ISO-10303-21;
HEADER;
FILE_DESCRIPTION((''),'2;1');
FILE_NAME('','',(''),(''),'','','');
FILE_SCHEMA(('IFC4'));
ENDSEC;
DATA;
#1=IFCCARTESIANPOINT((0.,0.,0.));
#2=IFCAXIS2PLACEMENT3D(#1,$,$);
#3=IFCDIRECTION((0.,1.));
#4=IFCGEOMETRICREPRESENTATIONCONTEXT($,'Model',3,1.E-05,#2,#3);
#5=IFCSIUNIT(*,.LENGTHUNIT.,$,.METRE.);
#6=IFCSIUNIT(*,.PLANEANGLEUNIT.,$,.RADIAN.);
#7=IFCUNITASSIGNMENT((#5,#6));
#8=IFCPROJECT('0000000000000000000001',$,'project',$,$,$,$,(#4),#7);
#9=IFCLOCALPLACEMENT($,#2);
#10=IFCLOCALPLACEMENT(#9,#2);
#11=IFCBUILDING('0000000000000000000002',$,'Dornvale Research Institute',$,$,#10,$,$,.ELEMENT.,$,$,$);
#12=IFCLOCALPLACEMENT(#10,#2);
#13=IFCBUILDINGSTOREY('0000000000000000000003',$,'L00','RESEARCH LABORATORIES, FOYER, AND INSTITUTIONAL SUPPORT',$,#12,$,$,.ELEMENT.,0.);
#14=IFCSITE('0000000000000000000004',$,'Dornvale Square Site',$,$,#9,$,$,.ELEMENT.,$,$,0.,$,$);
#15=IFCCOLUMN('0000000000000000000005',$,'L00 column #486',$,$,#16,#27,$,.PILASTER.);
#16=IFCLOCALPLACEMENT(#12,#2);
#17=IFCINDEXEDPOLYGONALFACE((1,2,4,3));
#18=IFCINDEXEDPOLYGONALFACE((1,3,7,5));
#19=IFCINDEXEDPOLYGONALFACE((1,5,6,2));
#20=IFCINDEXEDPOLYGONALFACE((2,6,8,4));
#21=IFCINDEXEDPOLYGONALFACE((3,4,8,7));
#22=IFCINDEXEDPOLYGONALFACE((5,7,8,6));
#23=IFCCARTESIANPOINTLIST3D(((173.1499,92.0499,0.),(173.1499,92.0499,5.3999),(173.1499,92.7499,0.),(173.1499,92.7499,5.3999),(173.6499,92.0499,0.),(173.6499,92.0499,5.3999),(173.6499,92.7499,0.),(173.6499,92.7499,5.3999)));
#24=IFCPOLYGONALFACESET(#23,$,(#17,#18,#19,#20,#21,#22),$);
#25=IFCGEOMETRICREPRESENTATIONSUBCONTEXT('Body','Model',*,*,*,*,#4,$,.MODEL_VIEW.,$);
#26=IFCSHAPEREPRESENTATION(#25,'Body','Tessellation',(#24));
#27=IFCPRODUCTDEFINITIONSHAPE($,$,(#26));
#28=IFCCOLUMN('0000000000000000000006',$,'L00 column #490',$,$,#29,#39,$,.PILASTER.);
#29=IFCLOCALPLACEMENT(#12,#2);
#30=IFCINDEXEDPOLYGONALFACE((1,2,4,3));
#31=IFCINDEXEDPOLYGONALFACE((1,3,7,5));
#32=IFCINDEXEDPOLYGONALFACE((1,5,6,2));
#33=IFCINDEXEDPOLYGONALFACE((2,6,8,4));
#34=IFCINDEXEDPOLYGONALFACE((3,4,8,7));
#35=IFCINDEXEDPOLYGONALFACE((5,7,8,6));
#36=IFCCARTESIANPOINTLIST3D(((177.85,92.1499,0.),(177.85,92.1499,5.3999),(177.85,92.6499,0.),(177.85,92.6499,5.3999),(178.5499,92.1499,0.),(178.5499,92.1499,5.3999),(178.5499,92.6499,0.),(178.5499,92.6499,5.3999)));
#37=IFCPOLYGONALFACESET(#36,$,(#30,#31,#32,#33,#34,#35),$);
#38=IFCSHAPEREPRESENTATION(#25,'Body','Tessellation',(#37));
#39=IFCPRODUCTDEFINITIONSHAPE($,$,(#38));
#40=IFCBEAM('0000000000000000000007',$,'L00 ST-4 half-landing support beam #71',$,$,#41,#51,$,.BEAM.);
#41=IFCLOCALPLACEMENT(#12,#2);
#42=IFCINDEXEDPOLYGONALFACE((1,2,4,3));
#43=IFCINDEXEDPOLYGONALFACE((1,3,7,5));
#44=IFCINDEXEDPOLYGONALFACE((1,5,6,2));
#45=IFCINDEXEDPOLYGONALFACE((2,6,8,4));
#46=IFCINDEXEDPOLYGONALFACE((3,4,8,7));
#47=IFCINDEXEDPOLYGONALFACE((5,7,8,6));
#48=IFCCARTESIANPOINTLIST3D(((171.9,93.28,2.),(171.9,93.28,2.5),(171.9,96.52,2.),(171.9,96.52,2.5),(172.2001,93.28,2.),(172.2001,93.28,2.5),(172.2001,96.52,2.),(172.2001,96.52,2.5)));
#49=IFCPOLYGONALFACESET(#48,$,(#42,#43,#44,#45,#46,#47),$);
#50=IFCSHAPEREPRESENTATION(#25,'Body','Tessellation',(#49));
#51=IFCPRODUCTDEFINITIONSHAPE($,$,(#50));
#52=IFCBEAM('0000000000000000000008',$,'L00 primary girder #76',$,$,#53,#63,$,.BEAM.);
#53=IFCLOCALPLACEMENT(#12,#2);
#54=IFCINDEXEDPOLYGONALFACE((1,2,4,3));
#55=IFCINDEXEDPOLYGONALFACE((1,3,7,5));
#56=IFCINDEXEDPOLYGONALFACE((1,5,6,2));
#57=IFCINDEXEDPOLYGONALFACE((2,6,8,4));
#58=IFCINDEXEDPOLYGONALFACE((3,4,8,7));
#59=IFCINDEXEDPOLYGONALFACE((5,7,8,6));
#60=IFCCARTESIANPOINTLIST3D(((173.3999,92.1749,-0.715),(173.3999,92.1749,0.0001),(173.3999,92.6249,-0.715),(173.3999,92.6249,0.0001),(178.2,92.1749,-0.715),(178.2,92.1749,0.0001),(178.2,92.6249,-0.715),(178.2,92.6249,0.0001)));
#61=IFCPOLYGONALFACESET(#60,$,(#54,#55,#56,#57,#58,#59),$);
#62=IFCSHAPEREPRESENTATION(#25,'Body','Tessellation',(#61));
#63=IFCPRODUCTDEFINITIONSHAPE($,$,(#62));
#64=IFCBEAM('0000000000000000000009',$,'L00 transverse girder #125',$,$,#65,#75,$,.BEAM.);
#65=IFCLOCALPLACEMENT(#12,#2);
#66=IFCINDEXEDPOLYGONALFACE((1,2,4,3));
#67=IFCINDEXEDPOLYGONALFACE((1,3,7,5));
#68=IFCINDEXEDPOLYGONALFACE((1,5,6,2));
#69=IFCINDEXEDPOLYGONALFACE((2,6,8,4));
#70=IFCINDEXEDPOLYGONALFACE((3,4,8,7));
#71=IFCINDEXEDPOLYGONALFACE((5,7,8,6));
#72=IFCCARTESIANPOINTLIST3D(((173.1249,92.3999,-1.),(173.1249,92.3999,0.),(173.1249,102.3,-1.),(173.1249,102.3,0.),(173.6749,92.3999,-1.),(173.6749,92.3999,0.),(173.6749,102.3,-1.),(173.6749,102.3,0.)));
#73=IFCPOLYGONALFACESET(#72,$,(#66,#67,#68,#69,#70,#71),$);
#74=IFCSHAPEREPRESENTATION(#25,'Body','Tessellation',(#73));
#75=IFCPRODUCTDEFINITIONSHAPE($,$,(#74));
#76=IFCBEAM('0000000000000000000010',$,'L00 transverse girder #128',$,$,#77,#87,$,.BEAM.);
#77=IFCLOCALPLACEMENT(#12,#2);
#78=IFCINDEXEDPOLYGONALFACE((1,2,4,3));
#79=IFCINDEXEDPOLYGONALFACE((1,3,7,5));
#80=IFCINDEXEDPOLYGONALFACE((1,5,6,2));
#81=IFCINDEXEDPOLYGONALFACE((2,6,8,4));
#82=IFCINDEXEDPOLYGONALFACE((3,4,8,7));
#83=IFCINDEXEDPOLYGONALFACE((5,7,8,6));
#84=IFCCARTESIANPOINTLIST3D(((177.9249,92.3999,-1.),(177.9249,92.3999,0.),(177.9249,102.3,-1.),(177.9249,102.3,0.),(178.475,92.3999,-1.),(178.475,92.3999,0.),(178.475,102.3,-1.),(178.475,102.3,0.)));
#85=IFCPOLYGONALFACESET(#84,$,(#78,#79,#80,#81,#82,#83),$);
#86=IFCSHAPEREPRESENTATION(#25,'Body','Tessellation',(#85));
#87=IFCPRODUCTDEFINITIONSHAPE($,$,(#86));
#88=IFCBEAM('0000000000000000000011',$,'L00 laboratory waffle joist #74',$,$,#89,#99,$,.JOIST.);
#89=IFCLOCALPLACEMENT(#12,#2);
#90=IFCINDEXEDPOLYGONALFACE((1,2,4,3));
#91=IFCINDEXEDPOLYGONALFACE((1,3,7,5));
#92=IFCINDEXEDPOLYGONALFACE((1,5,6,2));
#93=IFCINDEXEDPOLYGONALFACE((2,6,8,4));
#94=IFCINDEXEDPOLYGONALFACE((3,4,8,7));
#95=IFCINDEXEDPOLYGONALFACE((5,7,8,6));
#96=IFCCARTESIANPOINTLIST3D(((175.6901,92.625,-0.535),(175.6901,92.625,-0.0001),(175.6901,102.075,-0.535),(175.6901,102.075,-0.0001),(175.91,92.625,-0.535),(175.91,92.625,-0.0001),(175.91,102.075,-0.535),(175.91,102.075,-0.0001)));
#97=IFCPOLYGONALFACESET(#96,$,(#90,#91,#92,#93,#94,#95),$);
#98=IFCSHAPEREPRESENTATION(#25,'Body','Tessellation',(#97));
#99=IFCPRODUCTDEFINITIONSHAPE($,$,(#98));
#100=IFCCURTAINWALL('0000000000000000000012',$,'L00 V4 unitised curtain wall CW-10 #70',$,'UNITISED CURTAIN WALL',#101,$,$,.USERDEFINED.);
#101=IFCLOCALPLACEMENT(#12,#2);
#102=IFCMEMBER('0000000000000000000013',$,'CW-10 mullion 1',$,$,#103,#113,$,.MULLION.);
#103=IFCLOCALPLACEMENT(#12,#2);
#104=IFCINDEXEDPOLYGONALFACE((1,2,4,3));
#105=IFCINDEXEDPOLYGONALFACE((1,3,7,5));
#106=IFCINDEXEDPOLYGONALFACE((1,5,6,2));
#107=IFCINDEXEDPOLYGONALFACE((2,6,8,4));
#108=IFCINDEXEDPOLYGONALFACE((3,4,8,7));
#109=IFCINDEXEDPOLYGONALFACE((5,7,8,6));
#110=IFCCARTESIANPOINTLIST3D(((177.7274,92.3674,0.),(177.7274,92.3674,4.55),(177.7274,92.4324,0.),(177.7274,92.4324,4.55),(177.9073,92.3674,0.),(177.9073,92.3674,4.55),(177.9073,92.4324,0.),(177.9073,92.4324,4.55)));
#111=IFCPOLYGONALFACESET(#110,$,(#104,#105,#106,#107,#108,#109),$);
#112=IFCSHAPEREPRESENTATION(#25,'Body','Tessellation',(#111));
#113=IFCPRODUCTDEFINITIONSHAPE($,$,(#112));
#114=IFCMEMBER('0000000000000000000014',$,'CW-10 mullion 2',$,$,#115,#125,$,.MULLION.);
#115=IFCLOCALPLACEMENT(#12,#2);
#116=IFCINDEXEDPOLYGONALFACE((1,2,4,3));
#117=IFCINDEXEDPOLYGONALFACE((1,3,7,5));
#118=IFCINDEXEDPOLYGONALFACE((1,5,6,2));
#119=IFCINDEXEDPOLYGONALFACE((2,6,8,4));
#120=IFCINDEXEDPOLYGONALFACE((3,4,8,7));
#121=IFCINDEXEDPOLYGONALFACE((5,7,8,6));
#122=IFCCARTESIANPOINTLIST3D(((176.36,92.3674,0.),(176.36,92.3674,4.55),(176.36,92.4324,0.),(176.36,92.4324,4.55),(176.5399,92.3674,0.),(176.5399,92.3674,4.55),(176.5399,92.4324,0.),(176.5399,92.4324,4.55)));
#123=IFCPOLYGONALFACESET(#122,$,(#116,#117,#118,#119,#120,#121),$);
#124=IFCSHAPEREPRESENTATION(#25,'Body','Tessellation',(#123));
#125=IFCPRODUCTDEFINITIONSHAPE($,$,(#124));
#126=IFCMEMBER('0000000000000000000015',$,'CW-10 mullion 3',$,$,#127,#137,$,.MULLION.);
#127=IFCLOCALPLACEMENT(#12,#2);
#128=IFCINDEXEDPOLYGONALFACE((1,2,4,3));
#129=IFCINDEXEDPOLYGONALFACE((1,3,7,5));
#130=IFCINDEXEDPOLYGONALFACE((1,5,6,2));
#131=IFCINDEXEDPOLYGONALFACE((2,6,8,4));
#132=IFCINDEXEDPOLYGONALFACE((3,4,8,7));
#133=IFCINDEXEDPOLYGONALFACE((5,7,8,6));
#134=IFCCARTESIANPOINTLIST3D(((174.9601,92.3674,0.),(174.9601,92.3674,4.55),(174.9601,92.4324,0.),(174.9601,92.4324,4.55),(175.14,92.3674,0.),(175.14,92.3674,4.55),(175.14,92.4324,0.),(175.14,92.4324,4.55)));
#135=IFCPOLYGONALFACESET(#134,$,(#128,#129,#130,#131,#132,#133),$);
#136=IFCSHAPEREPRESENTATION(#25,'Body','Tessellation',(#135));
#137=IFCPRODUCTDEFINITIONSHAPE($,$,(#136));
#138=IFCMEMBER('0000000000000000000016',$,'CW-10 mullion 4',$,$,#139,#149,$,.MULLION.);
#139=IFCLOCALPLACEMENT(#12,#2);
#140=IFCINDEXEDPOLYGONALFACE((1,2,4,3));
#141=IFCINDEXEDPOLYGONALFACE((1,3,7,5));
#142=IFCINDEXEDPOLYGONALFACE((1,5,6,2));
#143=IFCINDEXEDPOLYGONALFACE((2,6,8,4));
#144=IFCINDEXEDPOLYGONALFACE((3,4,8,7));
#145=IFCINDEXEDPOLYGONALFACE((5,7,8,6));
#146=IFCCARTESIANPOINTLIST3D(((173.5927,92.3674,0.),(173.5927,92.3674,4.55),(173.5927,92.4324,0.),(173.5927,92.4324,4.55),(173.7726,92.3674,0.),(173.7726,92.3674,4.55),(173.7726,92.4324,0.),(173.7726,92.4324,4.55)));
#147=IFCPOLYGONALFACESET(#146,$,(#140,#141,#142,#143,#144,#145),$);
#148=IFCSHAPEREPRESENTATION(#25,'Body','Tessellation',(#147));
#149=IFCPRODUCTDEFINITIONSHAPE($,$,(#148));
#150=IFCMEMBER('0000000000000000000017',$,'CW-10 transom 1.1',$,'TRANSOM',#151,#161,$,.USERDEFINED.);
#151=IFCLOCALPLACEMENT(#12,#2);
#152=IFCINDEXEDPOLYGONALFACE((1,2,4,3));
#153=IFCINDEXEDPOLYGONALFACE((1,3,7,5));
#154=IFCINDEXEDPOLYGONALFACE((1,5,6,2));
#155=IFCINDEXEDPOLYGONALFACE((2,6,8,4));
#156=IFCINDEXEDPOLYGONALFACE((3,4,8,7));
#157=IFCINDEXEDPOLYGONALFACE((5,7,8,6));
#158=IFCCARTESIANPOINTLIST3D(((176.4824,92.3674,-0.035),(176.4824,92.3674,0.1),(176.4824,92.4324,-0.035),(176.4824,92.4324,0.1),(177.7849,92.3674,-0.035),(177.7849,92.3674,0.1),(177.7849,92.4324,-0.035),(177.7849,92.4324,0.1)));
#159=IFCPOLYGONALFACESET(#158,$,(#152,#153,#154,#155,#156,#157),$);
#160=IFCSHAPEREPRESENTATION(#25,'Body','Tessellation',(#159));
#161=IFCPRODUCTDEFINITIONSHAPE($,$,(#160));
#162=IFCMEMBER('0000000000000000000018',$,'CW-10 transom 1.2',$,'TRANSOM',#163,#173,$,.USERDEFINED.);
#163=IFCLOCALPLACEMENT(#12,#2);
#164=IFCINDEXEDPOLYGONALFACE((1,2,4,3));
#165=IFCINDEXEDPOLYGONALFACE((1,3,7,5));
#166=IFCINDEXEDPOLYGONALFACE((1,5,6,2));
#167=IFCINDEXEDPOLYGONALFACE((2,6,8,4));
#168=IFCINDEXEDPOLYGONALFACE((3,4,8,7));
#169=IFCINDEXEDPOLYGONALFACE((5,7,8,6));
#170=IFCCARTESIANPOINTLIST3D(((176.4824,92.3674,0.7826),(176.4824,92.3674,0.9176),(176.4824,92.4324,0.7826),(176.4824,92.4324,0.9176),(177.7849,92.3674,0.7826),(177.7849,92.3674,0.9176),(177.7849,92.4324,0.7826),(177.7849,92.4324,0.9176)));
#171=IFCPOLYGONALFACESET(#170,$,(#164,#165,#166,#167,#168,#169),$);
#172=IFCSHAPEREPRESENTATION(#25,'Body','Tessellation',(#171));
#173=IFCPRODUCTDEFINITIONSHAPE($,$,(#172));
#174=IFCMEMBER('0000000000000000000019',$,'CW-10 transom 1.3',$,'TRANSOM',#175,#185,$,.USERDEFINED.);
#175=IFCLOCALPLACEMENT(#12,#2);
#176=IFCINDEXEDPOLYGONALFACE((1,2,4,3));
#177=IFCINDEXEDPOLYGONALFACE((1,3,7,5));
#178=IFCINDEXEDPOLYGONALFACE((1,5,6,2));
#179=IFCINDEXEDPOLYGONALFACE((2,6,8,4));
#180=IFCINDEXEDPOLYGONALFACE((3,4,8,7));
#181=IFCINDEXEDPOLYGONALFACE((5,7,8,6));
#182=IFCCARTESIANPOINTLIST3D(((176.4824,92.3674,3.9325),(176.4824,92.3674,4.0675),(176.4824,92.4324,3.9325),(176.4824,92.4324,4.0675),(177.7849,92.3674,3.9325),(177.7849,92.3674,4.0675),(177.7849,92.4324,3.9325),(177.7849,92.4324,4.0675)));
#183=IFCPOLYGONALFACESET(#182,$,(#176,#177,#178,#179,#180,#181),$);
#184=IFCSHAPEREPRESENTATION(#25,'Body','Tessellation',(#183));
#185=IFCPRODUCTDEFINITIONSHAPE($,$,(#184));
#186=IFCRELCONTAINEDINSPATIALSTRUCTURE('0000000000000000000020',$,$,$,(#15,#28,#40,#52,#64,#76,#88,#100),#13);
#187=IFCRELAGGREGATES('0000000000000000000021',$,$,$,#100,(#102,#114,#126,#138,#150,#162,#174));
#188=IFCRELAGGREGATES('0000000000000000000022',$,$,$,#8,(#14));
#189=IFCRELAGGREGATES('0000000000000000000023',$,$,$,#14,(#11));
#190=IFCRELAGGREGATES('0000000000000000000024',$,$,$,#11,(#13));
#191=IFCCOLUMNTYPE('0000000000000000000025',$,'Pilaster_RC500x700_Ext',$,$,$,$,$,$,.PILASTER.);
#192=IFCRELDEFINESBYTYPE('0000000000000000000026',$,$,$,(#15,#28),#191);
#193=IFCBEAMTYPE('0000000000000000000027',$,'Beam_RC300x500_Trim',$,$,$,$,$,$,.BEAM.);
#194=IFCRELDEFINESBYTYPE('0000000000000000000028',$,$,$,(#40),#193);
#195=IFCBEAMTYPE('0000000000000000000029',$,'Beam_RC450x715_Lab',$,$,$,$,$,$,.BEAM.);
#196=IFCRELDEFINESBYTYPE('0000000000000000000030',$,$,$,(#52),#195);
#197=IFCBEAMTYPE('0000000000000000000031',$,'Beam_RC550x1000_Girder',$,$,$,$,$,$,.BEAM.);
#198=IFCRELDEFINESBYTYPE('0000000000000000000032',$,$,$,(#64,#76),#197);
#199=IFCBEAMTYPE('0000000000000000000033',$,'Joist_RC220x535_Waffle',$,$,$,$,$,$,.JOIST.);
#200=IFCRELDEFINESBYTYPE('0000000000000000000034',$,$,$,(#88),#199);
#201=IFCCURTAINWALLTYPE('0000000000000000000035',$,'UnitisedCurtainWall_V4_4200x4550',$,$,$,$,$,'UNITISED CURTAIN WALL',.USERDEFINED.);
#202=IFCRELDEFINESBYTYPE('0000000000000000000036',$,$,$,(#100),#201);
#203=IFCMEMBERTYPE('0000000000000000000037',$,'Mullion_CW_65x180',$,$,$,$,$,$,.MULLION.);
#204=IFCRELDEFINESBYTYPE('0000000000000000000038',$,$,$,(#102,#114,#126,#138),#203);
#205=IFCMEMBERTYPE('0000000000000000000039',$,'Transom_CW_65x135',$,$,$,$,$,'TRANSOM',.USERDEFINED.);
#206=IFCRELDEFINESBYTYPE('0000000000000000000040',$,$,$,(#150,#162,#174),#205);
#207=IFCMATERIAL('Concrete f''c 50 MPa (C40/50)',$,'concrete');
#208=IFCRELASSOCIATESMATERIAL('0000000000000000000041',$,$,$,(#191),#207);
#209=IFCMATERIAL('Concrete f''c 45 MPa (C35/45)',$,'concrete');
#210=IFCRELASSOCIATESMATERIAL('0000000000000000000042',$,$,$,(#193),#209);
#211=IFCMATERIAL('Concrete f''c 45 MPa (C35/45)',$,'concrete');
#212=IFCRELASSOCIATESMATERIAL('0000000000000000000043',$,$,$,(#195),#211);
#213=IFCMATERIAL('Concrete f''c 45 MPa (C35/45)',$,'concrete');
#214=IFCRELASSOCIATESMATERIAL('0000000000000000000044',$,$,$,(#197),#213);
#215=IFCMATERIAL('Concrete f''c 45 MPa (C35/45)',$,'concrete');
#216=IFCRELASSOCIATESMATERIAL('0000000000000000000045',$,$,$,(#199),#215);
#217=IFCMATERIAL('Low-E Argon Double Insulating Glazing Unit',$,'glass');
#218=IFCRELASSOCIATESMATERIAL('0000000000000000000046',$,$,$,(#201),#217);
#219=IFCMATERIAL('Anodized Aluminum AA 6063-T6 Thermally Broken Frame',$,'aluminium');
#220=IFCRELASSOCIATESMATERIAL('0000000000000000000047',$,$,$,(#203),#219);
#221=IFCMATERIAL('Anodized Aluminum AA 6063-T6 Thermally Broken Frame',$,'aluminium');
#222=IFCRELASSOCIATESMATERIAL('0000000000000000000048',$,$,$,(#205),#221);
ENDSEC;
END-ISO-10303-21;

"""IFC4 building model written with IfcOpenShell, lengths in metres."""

from ifc_helpers import new_model, si_unit, direction, frame, origin, origin_2d, place, context, subcontext, project, spatial, rectangle, extrude, material, material_profile, profile_set, type_object, element, aggregate, save


model = new_model("IFC4")

# Units and contexts
model_context = context("Model", 3, precision=1e-05, world=origin(), true_north=direction((0.0, 1.0)))
body_context = subcontext(model_context, "Body", "Model", "MODEL_VIEW")
ifc_project = project(units=[si_unit("LENGTHUNIT", "METRE"), si_unit("PLANEANGLEUNIT", "RADIAN")], contexts=[model_context])

# Site, building, storey
site_placement = place(None, origin())
site = spatial("IfcSite", under=ifc_project, at=site_placement, Name="Dornvale Square Site", CompositionType="ELEMENT", RefElevation=0.0)
building_placement = place(site_placement, origin())
building = spatial("IfcBuilding", under=site, at=building_placement, Name="Dornvale Research Institute", CompositionType="ELEMENT")
storey_placement = place(building_placement, origin())
storey = spatial("IfcBuildingStorey", under=building, at=storey_placement, Name="L00", Description="RESEARCH LABORATORIES, FOYER, AND INSTITUTIONAL SUPPORT", CompositionType="ELEMENT", Elevation=0.0)

# Columns
ifc_material_1 = material(Name="Concrete f'c 50 MPa (C40/50)", Category="concrete")
ifc_material_profile_1 = material_profile(ifc_material_1, rectangle(XDim=0.5, YDim=0.7, at=origin_2d()), Name="RC 500x700")
ifc_profile_set_1 = profile_set([ifc_material_profile_1], Name="Concrete f'c 50 MPa (C40/50)")
column_type = type_object("IfcColumnType", Name="Pilaster_RC500x700_Ext", PredefinedType="PILASTER", material=ifc_profile_set_1)
for number, where, z_axis, x_axis, name in (
    (1, (173.3999, 92.3999, 0.0), (0.0, 0.0, 1.0), (1.0, 0.0, 0.0), "L00 column #486"),
    (2, (178.2, 92.3999, 0.0), (0.0, 0.0, 1.0), (0.0, 1.0, 0.0), "L00 column #490"),
):
    element("IfcColumn", number, at=place(storey_placement, frame(where, z_axis=z_axis, x_axis=x_axis)), inside=storey, type_object=column_type, Name=name, PredefinedType="PILASTER", context=body_context, shape_type="SweptSolid", body=[
        extrude(rectangle(XDim=0.5, YDim=0.7, at=origin_2d()), origin(), (0.0, 0.0, 1.0), 5.3999),
    ])

# Beams
ifc_material_2 = material(Name="Concrete f'c 45 MPa (C35/45)", Category="concrete")
ifc_material_profile_2 = material_profile(ifc_material_2, rectangle(XDim=0.3, YDim=0.5, at=origin_2d()), Name="RC 300x500")
ifc_profile_set_2 = profile_set([ifc_material_profile_2], Name="Concrete f'c 45 MPa (C35/45)")
beam_type_1 = type_object("IfcBeamType", Name="Beam_RC300x500_Trim", PredefinedType="BEAM", material=ifc_profile_set_2)
beam_1_placement = place(storey_placement, frame((172.05, 93.28, 2.25), z_axis=(0.0, 1.0, 0.0), x_axis=(-1.0, 0.0, 0.0)))
element("IfcBeam", 3, at=beam_1_placement, inside=storey, type_object=beam_type_1, Name="L00 ST-4 half-landing support beam #71", PredefinedType="BEAM", context=body_context, shape_type="SweptSolid", body=[
    extrude(rectangle(XDim=0.3, YDim=0.5, at=origin_2d()), origin(), (0.0, 0.0, 1.0), 3.24),
])
ifc_material_3 = material(Name="Concrete f'c 45 MPa (C35/45)", Category="concrete")
ifc_material_profile_3 = material_profile(ifc_material_3, rectangle(XDim=0.45, YDim=0.7151, at=origin_2d()), Name="RC 450x715")
ifc_profile_set_3 = profile_set([ifc_material_profile_3], Name="Concrete f'c 45 MPa (C35/45)")
beam_type_2 = type_object("IfcBeamType", Name="Beam_RC450x715_Lab", PredefinedType="BEAM", material=ifc_profile_set_3)
beam_2_placement = place(storey_placement, frame((173.3999, 92.3999, -0.3574), z_axis=(1.0, 0.0, 0.0), x_axis=(0.0, 1.0, 0.0)))
element("IfcBeam", 4, at=beam_2_placement, inside=storey, type_object=beam_type_2, Name="L00 primary girder #76", PredefinedType="BEAM", context=body_context, shape_type="SweptSolid", body=[
    extrude(rectangle(XDim=0.45, YDim=0.7151, at=origin_2d()), origin(), (0.0, 0.0, 1.0), 4.8),
])
ifc_material_4 = material(Name="Concrete f'c 45 MPa (C35/45)", Category="concrete")
ifc_material_profile_4 = material_profile(ifc_material_4, rectangle(XDim=0.55, YDim=1.0, at=origin_2d()), Name="RC 550x1000")
ifc_profile_set_4 = profile_set([ifc_material_profile_4], Name="Concrete f'c 45 MPa (C35/45)")
beam_type_3 = type_object("IfcBeamType", Name="Beam_RC550x1000_Girder", PredefinedType="BEAM", material=ifc_profile_set_4)
for number, where, z_axis, x_axis, name in (
    (5, (173.3999, 92.3999, -0.5), (0.0, 1.0, 0.0), (-1.0, 0.0, 0.0), "L00 transverse girder #125"),
    (6, (178.2, 92.3999, -0.5), (0.0, 1.0, 0.0), (-1.0, 0.0, 0.0), "L00 transverse girder #128"),
):
    element("IfcBeam", number, at=place(storey_placement, frame(where, z_axis=z_axis, x_axis=x_axis)), inside=storey, type_object=beam_type_3, Name=name, PredefinedType="BEAM", context=body_context, shape_type="SweptSolid", body=[
        extrude(rectangle(XDim=0.55, YDim=1.0, at=origin_2d()), origin(), (0.0, 0.0, 1.0), 9.9001),
    ])
ifc_material_5 = material(Name="Concrete f'c 45 MPa (C35/45)", Category="concrete")
ifc_material_profile_5 = material_profile(ifc_material_5, rectangle(XDim=0.22, YDim=0.5349, at=origin_2d()), Name="RC 220x535")
ifc_profile_set_5 = profile_set([ifc_material_profile_5], Name="Concrete f'c 45 MPa (C35/45)")
beam_type_4 = type_object("IfcBeamType", Name="Joist_RC220x535_Waffle", PredefinedType="JOIST", material=ifc_profile_set_5)
beam_3_placement = place(storey_placement, frame((175.8, 92.625, -0.2676), z_axis=(0.0, 1.0, 0.0), x_axis=(-1.0, 0.0, 0.0)))
element("IfcBeam", 7, at=beam_3_placement, inside=storey, type_object=beam_type_4, Name="L00 laboratory waffle joist #74", PredefinedType="JOIST", context=body_context, shape_type="SweptSolid", body=[
    extrude(rectangle(XDim=0.22, YDim=0.5349, at=origin_2d()), origin(), (0.0, 0.0, 1.0), 9.45),
])

# Curtain wall, members
ifc_material_6 = material(Name="Low-E Argon Double Insulating Glazing Unit", Category="glass")
curtain_wall_type = type_object("IfcCurtainWallType", Name="UnitisedCurtainWall_V4_4200x4550", ElementType="UNITISED CURTAIN WALL", PredefinedType="USERDEFINED", material=ifc_material_6)
curtain_wall_placement = place(storey_placement, origin())
curtain_wall = element("IfcCurtainWall", 8, at=curtain_wall_placement, inside=storey, type_object=curtain_wall_type, Name="L00 V4 unitised curtain wall CW-10 #70", ObjectType="UNITISED CURTAIN WALL", PredefinedType="USERDEFINED")
ifc_material_7 = material(Name="Anodized Aluminum AA 6063-T6 Thermally Broken Frame", Category="aluminium")
ifc_material_profile_6 = material_profile(ifc_material_7, rectangle(XDim=0.0649, YDim=0.1799, at=origin_2d()), Name="ALU MULLION 65x180")
ifc_profile_set_6 = profile_set([ifc_material_profile_6], Name="Anodized Aluminum AA 6063-T6 Thermally Broken Frame")
member_type_1 = type_object("IfcMemberType", Name="Mullion_CW_65x180", PredefinedType="MULLION", material=ifc_profile_set_6)
member_1_placement = place(storey_placement, frame((177.8174, 92.3999, 0.0), z_axis=(0.0, 0.0, 1.0), x_axis=(0.0, -1.0, 0.0)))
member_1 = element("IfcMember", 9, at=member_1_placement, type_object=member_type_1, Name="CW-10 mullion 1", PredefinedType="MULLION", context=body_context, shape_type="SweptSolid", body=[
    extrude(rectangle(XDim=0.0649, YDim=0.1799, at=origin_2d()), origin(), (0.0, 0.0, 1.0), 4.55),
])
member_2_placement = place(storey_placement, frame((176.45, 92.3999, 0.0), z_axis=(0.0, 0.0, 1.0), x_axis=(0.0, -1.0, 0.0)))
member_2 = element("IfcMember", 10, at=member_2_placement, type_object=member_type_1, Name="CW-10 mullion 2", PredefinedType="MULLION", context=body_context, shape_type="SweptSolid", body=[
    extrude(rectangle(XDim=0.0649, YDim=0.1799, at=origin_2d()), origin(), (0.0, 0.0, 1.0), 4.55),
])
member_3_placement = place(storey_placement, frame((175.05, 92.3999, 0.0), z_axis=(0.0, 0.0, 1.0), x_axis=(0.0, -1.0, 0.0)))
member_3 = element("IfcMember", 11, at=member_3_placement, type_object=member_type_1, Name="CW-10 mullion 3", PredefinedType="MULLION", context=body_context, shape_type="SweptSolid", body=[
    extrude(rectangle(XDim=0.0649, YDim=0.1799, at=origin_2d()), origin(), (0.0, 0.0, 1.0), 4.55),
])
member_4_placement = place(storey_placement, frame((173.6826, 92.3999, 0.0), z_axis=(0.0, 0.0, 1.0), x_axis=(0.0, -1.0, 0.0)))
member_4 = element("IfcMember", 12, at=member_4_placement, type_object=member_type_1, Name="CW-10 mullion 4", PredefinedType="MULLION", context=body_context, shape_type="SweptSolid", body=[
    extrude(rectangle(XDim=0.0649, YDim=0.1799, at=origin_2d()), origin(), (0.0, 0.0, 1.0), 4.55),
])
ifc_material_8 = material(Name="Anodized Aluminum AA 6063-T6 Thermally Broken Frame", Category="aluminium")
ifc_material_profile_7 = material_profile(ifc_material_8, rectangle(XDim=0.0649, YDim=0.135, at=origin_2d()), Name="ALU TRANSOM 65x135")
ifc_profile_set_7 = profile_set([ifc_material_profile_7], Name="Anodized Aluminum AA 6063-T6 Thermally Broken Frame")
member_type_2 = type_object("IfcMemberType", Name="Transom_CW_65x135", ElementType="TRANSOM", PredefinedType="USERDEFINED", material=ifc_profile_set_7)
member_5_placement = place(storey_placement, frame((177.7849, 92.3999, 0.0325), z_axis=(-1.0, 0.0, 0.0), x_axis=(0.0, -1.0, 0.0)))
member_5 = element("IfcMember", 13, at=member_5_placement, type_object=member_type_2, Name="CW-10 transom 1.1", ObjectType="TRANSOM", PredefinedType="USERDEFINED", context=body_context, shape_type="SweptSolid", body=[
    extrude(rectangle(XDim=0.0649, YDim=0.135, at=origin_2d()), origin(), (0.0, 0.0, 1.0), 1.3025),
])
member_6_placement = place(storey_placement, frame((177.7849, 92.3999, 0.8501), z_axis=(-1.0, 0.0, 0.0), x_axis=(0.0, -1.0, 0.0)))
member_6 = element("IfcMember", 14, at=member_6_placement, type_object=member_type_2, Name="CW-10 transom 1.2", ObjectType="TRANSOM", PredefinedType="USERDEFINED", context=body_context, shape_type="SweptSolid", body=[
    extrude(rectangle(XDim=0.0649, YDim=0.135, at=origin_2d()), origin(), (0.0, 0.0, 1.0), 1.3025),
])
member_7_placement = place(storey_placement, frame((177.7849, 92.3999, 4.0), z_axis=(-1.0, 0.0, 0.0), x_axis=(0.0, -1.0, 0.0)))
member_7 = element("IfcMember", 15, at=member_7_placement, type_object=member_type_2, Name="CW-10 transom 1.3", ObjectType="TRANSOM", PredefinedType="USERDEFINED", context=body_context, shape_type="SweptSolid", body=[
    extrude(rectangle(XDim=0.0649, YDim=0.135, at=origin_2d()), origin(), (0.0, 0.0, 1.0), 1.3025),
])
aggregate(curtain_wall, [member_1, member_2, member_3, member_4, member_5, member_6, member_7])

save(model, "model.ifc")
